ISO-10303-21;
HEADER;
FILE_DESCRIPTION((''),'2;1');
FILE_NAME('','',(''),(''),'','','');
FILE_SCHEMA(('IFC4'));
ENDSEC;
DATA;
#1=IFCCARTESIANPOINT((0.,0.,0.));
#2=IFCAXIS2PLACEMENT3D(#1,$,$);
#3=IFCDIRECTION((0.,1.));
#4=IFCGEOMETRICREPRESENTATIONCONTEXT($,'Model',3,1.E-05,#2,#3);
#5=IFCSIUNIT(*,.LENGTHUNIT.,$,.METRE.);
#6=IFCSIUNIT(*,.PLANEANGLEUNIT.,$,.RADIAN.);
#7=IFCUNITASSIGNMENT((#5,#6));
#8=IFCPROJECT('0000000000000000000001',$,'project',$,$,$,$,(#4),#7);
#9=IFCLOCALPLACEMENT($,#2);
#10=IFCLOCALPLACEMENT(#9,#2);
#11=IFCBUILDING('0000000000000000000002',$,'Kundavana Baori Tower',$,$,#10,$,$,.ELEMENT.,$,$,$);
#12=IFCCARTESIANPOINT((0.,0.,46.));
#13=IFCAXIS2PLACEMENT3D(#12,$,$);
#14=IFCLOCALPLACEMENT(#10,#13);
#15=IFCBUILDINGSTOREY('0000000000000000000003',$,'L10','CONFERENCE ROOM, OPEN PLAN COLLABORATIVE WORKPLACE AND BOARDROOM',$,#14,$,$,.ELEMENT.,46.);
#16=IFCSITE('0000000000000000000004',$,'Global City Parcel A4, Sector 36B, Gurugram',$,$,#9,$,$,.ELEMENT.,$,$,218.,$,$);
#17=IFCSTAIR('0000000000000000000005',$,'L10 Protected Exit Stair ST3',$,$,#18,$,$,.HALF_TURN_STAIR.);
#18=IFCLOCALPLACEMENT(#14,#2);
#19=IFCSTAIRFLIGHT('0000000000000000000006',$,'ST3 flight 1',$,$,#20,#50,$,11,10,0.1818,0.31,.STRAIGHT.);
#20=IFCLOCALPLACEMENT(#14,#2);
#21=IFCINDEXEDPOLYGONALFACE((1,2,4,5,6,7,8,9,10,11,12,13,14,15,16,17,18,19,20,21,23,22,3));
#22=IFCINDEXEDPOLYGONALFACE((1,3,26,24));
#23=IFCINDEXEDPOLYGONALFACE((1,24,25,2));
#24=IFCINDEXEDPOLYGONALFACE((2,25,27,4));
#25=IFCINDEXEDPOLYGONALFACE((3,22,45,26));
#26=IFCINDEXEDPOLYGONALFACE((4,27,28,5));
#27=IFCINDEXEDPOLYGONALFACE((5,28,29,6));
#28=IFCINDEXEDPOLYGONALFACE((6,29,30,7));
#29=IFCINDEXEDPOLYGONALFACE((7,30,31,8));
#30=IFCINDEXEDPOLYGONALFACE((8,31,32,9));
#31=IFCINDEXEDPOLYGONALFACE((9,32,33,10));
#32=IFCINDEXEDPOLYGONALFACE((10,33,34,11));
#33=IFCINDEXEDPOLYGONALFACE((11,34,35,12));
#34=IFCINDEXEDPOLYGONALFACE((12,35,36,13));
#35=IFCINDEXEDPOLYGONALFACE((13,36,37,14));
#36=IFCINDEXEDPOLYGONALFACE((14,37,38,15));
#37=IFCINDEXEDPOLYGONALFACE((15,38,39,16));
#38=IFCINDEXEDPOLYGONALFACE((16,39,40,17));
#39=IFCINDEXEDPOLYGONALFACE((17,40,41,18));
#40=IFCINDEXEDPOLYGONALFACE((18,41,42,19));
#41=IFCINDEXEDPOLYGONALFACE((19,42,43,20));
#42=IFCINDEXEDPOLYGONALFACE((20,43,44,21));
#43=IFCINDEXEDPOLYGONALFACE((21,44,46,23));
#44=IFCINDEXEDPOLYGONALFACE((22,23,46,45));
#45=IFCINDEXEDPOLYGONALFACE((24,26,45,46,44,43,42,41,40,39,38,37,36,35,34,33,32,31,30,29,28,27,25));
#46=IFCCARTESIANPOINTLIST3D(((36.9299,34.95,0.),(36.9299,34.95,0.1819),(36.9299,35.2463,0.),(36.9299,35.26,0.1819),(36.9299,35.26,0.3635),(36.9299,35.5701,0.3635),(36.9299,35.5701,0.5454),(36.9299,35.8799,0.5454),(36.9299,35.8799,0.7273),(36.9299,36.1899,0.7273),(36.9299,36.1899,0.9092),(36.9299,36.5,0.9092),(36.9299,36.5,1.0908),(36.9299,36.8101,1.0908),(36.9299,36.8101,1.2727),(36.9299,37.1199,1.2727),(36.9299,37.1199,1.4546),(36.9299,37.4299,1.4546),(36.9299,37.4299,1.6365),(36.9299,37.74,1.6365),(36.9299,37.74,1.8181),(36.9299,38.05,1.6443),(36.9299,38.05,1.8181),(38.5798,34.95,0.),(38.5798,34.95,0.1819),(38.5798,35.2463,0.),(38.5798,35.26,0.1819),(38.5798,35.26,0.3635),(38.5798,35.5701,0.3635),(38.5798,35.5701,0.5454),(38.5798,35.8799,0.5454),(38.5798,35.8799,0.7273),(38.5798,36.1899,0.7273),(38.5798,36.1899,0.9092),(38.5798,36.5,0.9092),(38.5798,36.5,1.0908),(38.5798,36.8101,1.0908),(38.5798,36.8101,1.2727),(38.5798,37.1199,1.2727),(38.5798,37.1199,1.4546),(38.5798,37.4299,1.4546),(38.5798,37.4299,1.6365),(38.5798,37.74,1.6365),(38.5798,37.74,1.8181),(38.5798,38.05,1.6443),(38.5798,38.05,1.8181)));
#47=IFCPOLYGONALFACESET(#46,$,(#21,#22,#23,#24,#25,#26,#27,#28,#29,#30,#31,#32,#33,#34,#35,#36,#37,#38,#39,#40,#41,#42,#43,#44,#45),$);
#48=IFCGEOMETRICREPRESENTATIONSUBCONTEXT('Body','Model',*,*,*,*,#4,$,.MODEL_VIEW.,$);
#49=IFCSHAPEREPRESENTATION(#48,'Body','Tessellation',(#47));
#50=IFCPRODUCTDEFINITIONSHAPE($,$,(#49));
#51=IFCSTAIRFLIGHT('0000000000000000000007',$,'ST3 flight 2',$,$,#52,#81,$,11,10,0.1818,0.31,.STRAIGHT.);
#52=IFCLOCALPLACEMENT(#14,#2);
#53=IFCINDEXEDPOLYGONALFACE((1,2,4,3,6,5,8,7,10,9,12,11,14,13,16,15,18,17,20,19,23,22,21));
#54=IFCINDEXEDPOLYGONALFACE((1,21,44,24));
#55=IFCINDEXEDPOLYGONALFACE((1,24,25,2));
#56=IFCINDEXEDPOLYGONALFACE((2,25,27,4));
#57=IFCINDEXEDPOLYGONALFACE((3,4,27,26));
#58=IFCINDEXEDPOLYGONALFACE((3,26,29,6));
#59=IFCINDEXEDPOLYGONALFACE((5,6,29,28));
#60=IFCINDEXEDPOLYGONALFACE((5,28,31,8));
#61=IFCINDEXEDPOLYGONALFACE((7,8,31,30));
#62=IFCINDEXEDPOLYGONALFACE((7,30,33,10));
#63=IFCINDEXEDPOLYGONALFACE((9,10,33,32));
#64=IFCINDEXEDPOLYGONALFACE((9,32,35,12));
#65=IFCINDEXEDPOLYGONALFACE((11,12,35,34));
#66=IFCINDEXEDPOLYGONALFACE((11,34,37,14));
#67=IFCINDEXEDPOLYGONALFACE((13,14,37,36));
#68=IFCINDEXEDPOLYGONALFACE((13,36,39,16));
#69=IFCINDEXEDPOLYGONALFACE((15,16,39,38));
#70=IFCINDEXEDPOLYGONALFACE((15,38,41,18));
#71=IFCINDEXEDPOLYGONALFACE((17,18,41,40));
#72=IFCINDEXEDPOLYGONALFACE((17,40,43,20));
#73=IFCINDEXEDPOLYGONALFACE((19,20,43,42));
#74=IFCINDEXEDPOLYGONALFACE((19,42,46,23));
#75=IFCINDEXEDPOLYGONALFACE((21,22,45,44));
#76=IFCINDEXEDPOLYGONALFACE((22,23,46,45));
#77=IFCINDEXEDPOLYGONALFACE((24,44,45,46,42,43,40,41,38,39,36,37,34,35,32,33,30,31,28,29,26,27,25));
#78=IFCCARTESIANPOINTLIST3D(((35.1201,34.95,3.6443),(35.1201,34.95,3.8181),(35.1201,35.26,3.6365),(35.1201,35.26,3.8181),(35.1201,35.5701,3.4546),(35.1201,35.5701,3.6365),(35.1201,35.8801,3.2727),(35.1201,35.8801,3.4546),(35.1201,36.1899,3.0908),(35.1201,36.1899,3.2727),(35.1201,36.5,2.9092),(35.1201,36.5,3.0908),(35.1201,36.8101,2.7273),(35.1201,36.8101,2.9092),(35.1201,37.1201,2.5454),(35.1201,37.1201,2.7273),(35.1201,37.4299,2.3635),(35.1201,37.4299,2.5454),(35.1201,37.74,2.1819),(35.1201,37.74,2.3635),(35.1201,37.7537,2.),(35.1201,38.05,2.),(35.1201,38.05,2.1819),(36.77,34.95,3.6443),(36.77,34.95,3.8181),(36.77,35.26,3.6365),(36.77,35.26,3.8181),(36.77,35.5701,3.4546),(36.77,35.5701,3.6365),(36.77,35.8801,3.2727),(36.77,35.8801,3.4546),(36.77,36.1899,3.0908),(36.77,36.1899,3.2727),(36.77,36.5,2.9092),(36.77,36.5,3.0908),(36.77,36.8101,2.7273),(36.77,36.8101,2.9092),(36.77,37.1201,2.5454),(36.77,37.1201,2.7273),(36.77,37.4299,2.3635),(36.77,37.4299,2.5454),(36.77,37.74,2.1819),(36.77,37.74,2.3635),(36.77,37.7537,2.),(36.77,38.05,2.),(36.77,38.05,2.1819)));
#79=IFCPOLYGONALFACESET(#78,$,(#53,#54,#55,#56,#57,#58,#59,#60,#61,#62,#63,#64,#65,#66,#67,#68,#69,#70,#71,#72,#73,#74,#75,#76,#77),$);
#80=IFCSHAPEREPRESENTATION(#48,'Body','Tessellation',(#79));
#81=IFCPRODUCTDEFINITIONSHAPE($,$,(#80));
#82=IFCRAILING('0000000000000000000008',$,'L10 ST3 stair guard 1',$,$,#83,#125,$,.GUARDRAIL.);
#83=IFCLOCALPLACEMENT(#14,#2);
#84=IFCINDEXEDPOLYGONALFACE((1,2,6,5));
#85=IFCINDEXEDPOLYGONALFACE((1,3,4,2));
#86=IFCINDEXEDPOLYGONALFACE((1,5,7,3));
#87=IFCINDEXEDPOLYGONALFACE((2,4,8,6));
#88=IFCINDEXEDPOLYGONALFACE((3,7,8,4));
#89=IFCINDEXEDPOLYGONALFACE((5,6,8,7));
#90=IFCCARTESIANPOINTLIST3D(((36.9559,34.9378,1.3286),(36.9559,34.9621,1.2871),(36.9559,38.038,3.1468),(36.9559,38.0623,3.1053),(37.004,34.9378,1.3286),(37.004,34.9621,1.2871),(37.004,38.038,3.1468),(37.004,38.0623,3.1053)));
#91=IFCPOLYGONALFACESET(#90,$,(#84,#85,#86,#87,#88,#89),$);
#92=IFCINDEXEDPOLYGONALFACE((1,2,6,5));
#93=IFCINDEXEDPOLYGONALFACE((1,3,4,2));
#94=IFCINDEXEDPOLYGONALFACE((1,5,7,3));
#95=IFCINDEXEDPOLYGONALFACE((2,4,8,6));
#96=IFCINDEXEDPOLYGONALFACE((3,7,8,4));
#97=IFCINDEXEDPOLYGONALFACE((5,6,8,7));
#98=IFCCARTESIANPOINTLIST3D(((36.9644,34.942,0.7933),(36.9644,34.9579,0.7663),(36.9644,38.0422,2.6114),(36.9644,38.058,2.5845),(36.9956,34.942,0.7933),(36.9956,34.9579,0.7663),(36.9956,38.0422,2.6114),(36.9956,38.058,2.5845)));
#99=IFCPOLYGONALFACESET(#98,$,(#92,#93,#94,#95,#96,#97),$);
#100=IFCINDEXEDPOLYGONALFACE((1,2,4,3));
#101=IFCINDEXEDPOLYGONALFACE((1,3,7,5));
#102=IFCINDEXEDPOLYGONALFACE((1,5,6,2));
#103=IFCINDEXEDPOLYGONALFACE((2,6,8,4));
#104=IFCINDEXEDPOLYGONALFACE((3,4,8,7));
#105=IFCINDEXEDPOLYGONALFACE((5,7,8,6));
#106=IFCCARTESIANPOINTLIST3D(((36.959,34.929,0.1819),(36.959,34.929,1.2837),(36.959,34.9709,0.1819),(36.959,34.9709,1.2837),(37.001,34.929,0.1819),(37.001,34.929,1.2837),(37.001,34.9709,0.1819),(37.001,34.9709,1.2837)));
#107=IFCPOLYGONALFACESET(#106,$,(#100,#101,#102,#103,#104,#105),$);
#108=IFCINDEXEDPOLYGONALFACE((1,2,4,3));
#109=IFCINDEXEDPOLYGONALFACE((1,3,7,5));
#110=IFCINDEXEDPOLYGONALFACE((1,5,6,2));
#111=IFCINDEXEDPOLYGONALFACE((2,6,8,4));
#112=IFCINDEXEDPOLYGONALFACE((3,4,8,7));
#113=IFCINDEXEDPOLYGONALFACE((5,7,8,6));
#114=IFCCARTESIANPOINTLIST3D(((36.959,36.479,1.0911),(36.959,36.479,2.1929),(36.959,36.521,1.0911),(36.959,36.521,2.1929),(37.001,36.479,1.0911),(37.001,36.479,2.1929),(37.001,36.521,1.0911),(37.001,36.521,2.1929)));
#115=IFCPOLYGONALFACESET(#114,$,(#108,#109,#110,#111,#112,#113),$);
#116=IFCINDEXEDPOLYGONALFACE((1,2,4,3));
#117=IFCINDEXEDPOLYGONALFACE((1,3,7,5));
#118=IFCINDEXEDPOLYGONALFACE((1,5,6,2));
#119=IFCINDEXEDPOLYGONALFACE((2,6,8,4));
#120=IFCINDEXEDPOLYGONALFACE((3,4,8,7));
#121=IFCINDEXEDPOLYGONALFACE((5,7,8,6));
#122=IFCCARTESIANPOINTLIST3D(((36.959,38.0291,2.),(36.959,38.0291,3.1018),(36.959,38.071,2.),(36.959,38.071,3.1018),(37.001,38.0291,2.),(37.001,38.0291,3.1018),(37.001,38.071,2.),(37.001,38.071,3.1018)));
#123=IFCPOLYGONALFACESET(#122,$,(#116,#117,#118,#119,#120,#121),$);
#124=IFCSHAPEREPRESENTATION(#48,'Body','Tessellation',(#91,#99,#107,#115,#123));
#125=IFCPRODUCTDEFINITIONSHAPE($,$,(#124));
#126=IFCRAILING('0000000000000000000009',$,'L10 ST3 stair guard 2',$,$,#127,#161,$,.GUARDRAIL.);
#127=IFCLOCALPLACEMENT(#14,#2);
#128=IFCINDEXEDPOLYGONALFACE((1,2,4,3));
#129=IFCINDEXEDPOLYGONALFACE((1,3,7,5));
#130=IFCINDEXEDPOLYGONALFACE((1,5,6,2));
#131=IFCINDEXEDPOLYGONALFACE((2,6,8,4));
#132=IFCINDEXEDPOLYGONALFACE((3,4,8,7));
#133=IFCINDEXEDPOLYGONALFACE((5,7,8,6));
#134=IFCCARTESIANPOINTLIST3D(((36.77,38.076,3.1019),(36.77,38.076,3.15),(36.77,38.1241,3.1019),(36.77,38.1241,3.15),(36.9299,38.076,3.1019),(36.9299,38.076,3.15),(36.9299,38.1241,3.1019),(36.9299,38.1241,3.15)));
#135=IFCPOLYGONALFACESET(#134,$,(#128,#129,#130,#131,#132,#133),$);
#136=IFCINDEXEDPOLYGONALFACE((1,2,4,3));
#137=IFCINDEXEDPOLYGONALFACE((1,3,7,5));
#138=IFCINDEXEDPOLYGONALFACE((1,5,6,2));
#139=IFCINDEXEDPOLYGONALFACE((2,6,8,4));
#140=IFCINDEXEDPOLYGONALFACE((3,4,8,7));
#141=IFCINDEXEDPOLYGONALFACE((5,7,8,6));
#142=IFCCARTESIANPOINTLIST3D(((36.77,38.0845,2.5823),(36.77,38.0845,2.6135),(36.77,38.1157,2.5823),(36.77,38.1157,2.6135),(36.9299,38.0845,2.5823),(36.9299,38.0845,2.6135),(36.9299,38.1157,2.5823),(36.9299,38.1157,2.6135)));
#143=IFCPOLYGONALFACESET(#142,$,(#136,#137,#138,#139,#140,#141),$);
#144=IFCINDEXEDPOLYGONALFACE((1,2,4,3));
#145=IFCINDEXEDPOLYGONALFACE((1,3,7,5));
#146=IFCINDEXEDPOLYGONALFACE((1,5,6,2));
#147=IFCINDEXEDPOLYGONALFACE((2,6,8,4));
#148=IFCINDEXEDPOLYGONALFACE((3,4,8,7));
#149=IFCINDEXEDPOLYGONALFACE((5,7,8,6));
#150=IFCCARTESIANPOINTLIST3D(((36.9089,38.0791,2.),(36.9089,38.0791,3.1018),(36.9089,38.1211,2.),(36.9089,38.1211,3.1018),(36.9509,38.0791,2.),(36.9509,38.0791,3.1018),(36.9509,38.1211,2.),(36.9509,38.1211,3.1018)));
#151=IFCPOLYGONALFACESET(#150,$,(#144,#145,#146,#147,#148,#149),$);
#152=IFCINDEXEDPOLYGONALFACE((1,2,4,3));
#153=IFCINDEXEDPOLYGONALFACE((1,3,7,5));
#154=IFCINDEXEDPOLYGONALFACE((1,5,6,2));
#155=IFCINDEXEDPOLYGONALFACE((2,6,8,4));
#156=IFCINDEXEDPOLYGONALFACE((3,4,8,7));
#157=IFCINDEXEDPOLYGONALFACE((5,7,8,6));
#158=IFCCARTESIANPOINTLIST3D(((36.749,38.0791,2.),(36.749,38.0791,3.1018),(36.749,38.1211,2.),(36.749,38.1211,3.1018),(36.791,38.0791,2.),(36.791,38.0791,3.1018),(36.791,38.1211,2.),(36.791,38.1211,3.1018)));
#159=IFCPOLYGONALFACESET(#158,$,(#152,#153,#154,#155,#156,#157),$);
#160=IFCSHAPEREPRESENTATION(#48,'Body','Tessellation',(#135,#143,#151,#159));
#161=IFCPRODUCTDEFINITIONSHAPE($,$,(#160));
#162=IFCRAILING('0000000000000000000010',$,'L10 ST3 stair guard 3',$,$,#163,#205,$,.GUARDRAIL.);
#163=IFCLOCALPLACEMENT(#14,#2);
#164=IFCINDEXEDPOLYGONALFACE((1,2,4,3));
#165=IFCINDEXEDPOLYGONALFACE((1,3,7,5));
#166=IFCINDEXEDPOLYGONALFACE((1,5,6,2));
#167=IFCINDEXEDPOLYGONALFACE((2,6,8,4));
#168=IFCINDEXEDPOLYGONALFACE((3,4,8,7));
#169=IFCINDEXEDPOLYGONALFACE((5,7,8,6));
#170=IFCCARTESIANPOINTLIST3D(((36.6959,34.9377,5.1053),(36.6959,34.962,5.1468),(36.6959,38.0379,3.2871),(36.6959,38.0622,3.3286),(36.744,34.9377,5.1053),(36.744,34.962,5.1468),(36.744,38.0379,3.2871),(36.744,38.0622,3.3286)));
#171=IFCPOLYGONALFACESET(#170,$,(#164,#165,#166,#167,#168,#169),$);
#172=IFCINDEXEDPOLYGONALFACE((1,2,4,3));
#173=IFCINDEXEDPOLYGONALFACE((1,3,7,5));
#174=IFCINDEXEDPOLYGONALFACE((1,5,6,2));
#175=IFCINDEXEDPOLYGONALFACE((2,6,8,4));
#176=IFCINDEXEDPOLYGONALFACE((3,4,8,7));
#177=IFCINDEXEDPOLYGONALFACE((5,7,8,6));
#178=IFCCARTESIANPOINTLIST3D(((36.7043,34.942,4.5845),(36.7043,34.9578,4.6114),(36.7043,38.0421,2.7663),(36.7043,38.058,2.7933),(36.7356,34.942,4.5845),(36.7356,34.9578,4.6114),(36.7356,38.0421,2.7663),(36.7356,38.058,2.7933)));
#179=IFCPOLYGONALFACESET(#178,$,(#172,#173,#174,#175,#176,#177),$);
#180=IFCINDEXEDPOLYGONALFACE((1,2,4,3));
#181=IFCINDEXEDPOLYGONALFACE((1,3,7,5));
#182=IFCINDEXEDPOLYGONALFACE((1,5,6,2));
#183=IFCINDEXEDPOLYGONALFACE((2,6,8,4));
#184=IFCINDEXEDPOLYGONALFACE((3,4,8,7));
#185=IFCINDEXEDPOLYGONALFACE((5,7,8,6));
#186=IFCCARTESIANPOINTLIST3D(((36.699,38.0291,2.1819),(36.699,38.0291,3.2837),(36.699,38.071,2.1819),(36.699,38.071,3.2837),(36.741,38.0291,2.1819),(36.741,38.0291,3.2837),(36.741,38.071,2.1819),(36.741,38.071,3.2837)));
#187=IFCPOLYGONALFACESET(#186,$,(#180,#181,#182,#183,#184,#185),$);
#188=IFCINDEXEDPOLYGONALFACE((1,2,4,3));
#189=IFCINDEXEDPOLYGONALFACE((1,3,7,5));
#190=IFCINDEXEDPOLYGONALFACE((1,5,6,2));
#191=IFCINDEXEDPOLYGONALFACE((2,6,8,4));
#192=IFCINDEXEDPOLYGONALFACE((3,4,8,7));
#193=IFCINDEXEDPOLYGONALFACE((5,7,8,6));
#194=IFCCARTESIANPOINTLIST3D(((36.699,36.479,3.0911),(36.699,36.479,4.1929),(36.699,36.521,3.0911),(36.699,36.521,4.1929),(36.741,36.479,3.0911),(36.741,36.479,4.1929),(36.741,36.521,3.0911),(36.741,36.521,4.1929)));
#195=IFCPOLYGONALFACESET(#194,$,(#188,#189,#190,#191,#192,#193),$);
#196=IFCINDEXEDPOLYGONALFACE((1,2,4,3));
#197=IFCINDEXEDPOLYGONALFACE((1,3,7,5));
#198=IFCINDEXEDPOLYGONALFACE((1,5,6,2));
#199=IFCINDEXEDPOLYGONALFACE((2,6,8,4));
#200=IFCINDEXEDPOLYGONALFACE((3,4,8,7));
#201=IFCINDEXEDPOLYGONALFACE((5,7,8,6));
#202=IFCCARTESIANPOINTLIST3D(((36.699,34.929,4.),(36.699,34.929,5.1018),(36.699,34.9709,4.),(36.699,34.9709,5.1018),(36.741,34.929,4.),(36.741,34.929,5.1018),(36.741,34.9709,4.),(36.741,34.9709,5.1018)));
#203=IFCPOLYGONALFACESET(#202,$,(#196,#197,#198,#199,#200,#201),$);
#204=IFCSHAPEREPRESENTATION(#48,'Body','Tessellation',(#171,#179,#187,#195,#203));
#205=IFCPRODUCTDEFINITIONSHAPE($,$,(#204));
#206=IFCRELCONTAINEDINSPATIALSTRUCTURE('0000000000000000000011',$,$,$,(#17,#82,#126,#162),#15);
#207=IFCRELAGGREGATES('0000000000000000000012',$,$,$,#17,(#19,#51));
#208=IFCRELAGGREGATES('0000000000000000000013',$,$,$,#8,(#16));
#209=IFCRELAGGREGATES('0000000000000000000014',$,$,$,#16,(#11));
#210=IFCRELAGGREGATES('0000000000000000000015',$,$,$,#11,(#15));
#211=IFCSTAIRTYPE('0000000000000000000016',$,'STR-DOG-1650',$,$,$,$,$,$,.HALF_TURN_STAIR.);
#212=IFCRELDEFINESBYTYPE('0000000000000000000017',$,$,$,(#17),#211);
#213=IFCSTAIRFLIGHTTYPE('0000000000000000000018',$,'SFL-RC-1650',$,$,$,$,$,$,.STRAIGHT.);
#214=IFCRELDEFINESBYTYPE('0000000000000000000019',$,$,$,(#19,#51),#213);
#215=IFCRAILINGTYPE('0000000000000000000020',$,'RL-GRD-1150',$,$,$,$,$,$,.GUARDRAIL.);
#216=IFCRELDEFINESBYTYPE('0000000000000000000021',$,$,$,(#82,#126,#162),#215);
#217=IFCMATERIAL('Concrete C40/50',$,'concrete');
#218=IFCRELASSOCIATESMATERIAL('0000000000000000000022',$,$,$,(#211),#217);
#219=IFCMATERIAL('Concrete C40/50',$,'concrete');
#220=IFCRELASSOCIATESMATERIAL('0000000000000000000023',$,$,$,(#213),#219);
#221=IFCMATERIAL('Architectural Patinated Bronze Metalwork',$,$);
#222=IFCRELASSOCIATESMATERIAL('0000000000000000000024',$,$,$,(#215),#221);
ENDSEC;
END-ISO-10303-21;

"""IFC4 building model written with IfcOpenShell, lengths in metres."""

from ifc_helpers import new_model, si_unit, direction, frame, origin, origin_2d, place, context, subcontext, project, spatial, polyline, rectangle, outline, extrude, material, type_object, element, aggregate, save


model = new_model("IFC4")

# Units and contexts
model_context = context("Model", 3, precision=1e-05, world=origin(), true_north=direction((0.0, 1.0)))
body_context = subcontext(model_context, "Body", "Model", "MODEL_VIEW")
ifc_project = project(units=[si_unit("LENGTHUNIT", "METRE"), si_unit("PLANEANGLEUNIT", "RADIAN")], contexts=[model_context])

# Site, building, storey
site_placement = place(None, origin())
site = spatial("IfcSite", under=ifc_project, at=site_placement, Name="Global City Parcel A4, Sector 36B, Gurugram", CompositionType="ELEMENT", RefElevation=218.0)
building_placement = place(site_placement, origin())
building = spatial("IfcBuilding", under=site, at=building_placement, Name="Kundavana Baori Tower", CompositionType="ELEMENT")
storey_placement = place(building_placement, frame((0.0, 0.0, 46.0)))
storey = spatial("IfcBuildingStorey", under=building, at=storey_placement, Name="L10", Description="CONFERENCE ROOM, OPEN PLAN COLLABORATIVE WORKPLACE AND BOARDROOM", CompositionType="ELEMENT", Elevation=46.0)

# Stair, stair flights
ifc_material_1 = material(Name="Concrete C40/50", Category="concrete")
stair_type = type_object("IfcStairType", Name="STR-DOG-1650", PredefinedType="HALF_TURN_STAIR", material=ifc_material_1)
stair_placement = place(storey_placement, origin())
stair = element("IfcStair", 1, at=stair_placement, inside=storey, type_object=stair_type, Name="L10 Protected Exit Stair ST3", PredefinedType="HALF_TURN_STAIR")
ifc_material_2 = material(Name="Concrete C40/50", Category="concrete")
stair_flight_type = type_object("IfcStairFlightType", Name="SFL-RC-1650", PredefinedType="STRAIGHT", material=ifc_material_2)
stair_flight_1_placement = place(storey_placement, frame((37.7549, 34.95, 0.0), z_axis=(0.0, 0.0, 1.0), x_axis=(0.0, 1.0, 0.0)))
stair_flight_1 = element("IfcStairFlight", 2, at=stair_flight_1_placement, type_object=stair_flight_type, Name="ST3 flight 1", NumberOfRisers=11, NumberOfTreads=10, PredefinedType="STRAIGHT", RiserHeight=0.1818, TreadLength=0.31, context=body_context, shape_type="SweptSolid", body=[
    extrude(outline(polyline([(0.0, 0.0), (0.0, 0.1819), (0.3101, 0.1819), (0.3101, 0.3635), (0.6201, 0.3635), (0.6201, 0.5454), (0.9299, 0.5454), (0.9299, 0.7273), (1.24, 0.7273), (1.24, 0.9092), (1.55, 0.9092), (1.55, 1.0908), (1.8601, 1.0908), (1.8601, 1.2727), (2.1699, 1.2727), (2.1699, 1.4546), (2.48, 1.4546), (2.48, 1.6365), (2.79, 1.6365), (2.79, 1.8181), (3.1001, 1.8181), (3.1001, 2.0), (3.1001, 1.6443), (0.2964, 0.0), (0.0, 0.0)])), frame((0.0, 0.825, 0.0), z_axis=(0.0, -1.0, 0.0), x_axis=(1.0, 0.0, 0.0)), (0.0, 0.0, 1.0), 1.6499),
])
stair_flight_2_placement = place(storey_placement, frame((35.9451, 38.05, 2.0), z_axis=(0.0, 0.0, 1.0), x_axis=(0.0, -1.0, 0.0)))
stair_flight_2 = element("IfcStairFlight", 3, at=stair_flight_2_placement, type_object=stair_flight_type, Name="ST3 flight 2", NumberOfRisers=11, NumberOfTreads=10, PredefinedType="STRAIGHT", RiserHeight=0.1818, TreadLength=0.31, context=body_context, shape_type="SweptSolid", body=[
    extrude(outline(polyline([(0.0, 0.0), (0.0, 0.1819), (0.3101, 0.1819), (0.3101, 0.3635), (0.6201, 0.3635), (0.6201, 0.5454), (0.9299, 0.5454), (0.9299, 0.7273), (1.24, 0.7273), (1.24, 0.9092), (1.55, 0.9092), (1.55, 1.0908), (1.8601, 1.0908), (1.8601, 1.2727), (2.1699, 1.2727), (2.1699, 1.4546), (2.48, 1.4546), (2.48, 1.6365), (2.79, 1.6365), (2.79, 1.8181), (3.1001, 1.8181), (3.1001, 2.0), (3.1001, 1.6443), (0.2964, 0.0), (0.0, 0.0)])), frame((0.0, 0.825, 0.0), z_axis=(0.0, -1.0, 0.0), x_axis=(1.0, 0.0, 0.0)), (0.0, 0.0, 1.0), 1.6499),
])
aggregate(stair, [stair_flight_1, stair_flight_2])

# Railings
ifc_material_3 = material(Name="Architectural Patinated Bronze Metalwork")
railing_type_1 = type_object("IfcRailingType", Name="RL-GRD-1150", PredefinedType="GUARDRAIL", material=ifc_material_3)
railing_1_placement = place(storey_placement, frame((36.98, 34.95, 0.1819)))
element("IfcRailing", 4, at=railing_1_placement, inside=storey, type_object=railing_type_1, Name="L10 ST3 stair guard 1", PredefinedType="GUARDRAIL", context=body_context, shape_type="SweptSolid", body=[
    extrude(rectangle(XDim=0.0481, YDim=0.0481, at=origin_2d()), frame((0.0, 0.0, 1.126), z_axis=(0.0, 0.862599, 0.505889), x_axis=(-1.0, 0.0, 0.0)), (0.0, 0.0, 1.0), 3.594),
    extrude(rectangle(XDim=0.0312, YDim=0.0312, at=origin_2d()), frame((0.0, 0.0, 0.5979), z_axis=(0.0, 0.862599, 0.505889), x_axis=(-1.0, 0.0, 0.0)), (0.0, 0.0, 1.0), 3.594),
    extrude(rectangle(XDim=0.042, YDim=0.042, at=origin_2d()), origin(), (0.0, 0.0, 1.0), 1.1018),
    extrude(rectangle(XDim=0.042, YDim=0.042, at=origin_2d()), frame((0.0, 1.55, 0.9092)), (0.0, 0.0, 1.0), 1.1018),
    extrude(rectangle(XDim=0.042, YDim=0.042, at=origin_2d()), frame((0.0, 3.1001, 1.8181)), (0.0, 0.0, 1.0), 1.1018),
])
railing_2_placement = place(storey_placement, frame((36.9299, 38.1001, 2.0)))
element("IfcRailing", 5, at=railing_2_placement, inside=storey, type_object=railing_type_1, Name="L10 ST3 stair guard 2", PredefinedType="GUARDRAIL", context=body_context, shape_type="SweptSolid", body=[
    extrude(rectangle(XDim=0.0481, YDim=0.0481, at=origin_2d()), frame((0.0, 0.0, 1.126), z_axis=(-1.0, 0.0, 0.0), x_axis=(0.0, -1.0, 0.0)), (0.0, 0.0, 1.0), 0.1599),
    extrude(rectangle(XDim=0.0312, YDim=0.0312, at=origin_2d()), frame((0.0, 0.0, 0.5979), z_axis=(-1.0, 0.0, 0.0), x_axis=(0.0, -1.0, 0.0)), (0.0, 0.0, 1.0), 0.1599),
    extrude(rectangle(XDim=0.042, YDim=0.042, at=origin_2d()), origin(), (0.0, 0.0, 1.0), 1.1018),
    extrude(rectangle(XDim=0.042, YDim=0.042, at=origin_2d()), frame((-0.1599, 0.0, 0.0)), (0.0, 0.0, 1.0), 1.1018),
])
railing_3_placement = place(storey_placement, frame((36.72, 38.05, 2.1819)))
element("IfcRailing", 6, at=railing_3_placement, inside=storey, type_object=railing_type_1, Name="L10 ST3 stair guard 3", PredefinedType="GUARDRAIL", context=body_context, shape_type="SweptSolid", body=[
    extrude(rectangle(XDim=0.0481, YDim=0.0481, at=origin_2d()), frame((0.0, 0.0, 1.126), z_axis=(0.0, -0.862599, 0.505889), x_axis=(1.0, 0.0, 0.0)), (0.0, 0.0, 1.0), 3.594),
    extrude(rectangle(XDim=0.0312, YDim=0.0312, at=origin_2d()), frame((0.0, 0.0, 0.5979), z_axis=(0.0, -0.862599, 0.505889), x_axis=(1.0, 0.0, 0.0)), (0.0, 0.0, 1.0), 3.594),
    extrude(rectangle(XDim=0.042, YDim=0.042, at=origin_2d()), origin(), (0.0, 0.0, 1.0), 1.1018),
    extrude(rectangle(XDim=0.042, YDim=0.042, at=origin_2d()), frame((0.0, -1.55, 0.9092)), (0.0, 0.0, 1.0), 1.1018),
    extrude(rectangle(XDim=0.042, YDim=0.042, at=origin_2d()), frame((0.0, -3.1001, 1.8181)), (0.0, 0.0, 1.0), 1.1018),
])

save(model, "model.ifc")
